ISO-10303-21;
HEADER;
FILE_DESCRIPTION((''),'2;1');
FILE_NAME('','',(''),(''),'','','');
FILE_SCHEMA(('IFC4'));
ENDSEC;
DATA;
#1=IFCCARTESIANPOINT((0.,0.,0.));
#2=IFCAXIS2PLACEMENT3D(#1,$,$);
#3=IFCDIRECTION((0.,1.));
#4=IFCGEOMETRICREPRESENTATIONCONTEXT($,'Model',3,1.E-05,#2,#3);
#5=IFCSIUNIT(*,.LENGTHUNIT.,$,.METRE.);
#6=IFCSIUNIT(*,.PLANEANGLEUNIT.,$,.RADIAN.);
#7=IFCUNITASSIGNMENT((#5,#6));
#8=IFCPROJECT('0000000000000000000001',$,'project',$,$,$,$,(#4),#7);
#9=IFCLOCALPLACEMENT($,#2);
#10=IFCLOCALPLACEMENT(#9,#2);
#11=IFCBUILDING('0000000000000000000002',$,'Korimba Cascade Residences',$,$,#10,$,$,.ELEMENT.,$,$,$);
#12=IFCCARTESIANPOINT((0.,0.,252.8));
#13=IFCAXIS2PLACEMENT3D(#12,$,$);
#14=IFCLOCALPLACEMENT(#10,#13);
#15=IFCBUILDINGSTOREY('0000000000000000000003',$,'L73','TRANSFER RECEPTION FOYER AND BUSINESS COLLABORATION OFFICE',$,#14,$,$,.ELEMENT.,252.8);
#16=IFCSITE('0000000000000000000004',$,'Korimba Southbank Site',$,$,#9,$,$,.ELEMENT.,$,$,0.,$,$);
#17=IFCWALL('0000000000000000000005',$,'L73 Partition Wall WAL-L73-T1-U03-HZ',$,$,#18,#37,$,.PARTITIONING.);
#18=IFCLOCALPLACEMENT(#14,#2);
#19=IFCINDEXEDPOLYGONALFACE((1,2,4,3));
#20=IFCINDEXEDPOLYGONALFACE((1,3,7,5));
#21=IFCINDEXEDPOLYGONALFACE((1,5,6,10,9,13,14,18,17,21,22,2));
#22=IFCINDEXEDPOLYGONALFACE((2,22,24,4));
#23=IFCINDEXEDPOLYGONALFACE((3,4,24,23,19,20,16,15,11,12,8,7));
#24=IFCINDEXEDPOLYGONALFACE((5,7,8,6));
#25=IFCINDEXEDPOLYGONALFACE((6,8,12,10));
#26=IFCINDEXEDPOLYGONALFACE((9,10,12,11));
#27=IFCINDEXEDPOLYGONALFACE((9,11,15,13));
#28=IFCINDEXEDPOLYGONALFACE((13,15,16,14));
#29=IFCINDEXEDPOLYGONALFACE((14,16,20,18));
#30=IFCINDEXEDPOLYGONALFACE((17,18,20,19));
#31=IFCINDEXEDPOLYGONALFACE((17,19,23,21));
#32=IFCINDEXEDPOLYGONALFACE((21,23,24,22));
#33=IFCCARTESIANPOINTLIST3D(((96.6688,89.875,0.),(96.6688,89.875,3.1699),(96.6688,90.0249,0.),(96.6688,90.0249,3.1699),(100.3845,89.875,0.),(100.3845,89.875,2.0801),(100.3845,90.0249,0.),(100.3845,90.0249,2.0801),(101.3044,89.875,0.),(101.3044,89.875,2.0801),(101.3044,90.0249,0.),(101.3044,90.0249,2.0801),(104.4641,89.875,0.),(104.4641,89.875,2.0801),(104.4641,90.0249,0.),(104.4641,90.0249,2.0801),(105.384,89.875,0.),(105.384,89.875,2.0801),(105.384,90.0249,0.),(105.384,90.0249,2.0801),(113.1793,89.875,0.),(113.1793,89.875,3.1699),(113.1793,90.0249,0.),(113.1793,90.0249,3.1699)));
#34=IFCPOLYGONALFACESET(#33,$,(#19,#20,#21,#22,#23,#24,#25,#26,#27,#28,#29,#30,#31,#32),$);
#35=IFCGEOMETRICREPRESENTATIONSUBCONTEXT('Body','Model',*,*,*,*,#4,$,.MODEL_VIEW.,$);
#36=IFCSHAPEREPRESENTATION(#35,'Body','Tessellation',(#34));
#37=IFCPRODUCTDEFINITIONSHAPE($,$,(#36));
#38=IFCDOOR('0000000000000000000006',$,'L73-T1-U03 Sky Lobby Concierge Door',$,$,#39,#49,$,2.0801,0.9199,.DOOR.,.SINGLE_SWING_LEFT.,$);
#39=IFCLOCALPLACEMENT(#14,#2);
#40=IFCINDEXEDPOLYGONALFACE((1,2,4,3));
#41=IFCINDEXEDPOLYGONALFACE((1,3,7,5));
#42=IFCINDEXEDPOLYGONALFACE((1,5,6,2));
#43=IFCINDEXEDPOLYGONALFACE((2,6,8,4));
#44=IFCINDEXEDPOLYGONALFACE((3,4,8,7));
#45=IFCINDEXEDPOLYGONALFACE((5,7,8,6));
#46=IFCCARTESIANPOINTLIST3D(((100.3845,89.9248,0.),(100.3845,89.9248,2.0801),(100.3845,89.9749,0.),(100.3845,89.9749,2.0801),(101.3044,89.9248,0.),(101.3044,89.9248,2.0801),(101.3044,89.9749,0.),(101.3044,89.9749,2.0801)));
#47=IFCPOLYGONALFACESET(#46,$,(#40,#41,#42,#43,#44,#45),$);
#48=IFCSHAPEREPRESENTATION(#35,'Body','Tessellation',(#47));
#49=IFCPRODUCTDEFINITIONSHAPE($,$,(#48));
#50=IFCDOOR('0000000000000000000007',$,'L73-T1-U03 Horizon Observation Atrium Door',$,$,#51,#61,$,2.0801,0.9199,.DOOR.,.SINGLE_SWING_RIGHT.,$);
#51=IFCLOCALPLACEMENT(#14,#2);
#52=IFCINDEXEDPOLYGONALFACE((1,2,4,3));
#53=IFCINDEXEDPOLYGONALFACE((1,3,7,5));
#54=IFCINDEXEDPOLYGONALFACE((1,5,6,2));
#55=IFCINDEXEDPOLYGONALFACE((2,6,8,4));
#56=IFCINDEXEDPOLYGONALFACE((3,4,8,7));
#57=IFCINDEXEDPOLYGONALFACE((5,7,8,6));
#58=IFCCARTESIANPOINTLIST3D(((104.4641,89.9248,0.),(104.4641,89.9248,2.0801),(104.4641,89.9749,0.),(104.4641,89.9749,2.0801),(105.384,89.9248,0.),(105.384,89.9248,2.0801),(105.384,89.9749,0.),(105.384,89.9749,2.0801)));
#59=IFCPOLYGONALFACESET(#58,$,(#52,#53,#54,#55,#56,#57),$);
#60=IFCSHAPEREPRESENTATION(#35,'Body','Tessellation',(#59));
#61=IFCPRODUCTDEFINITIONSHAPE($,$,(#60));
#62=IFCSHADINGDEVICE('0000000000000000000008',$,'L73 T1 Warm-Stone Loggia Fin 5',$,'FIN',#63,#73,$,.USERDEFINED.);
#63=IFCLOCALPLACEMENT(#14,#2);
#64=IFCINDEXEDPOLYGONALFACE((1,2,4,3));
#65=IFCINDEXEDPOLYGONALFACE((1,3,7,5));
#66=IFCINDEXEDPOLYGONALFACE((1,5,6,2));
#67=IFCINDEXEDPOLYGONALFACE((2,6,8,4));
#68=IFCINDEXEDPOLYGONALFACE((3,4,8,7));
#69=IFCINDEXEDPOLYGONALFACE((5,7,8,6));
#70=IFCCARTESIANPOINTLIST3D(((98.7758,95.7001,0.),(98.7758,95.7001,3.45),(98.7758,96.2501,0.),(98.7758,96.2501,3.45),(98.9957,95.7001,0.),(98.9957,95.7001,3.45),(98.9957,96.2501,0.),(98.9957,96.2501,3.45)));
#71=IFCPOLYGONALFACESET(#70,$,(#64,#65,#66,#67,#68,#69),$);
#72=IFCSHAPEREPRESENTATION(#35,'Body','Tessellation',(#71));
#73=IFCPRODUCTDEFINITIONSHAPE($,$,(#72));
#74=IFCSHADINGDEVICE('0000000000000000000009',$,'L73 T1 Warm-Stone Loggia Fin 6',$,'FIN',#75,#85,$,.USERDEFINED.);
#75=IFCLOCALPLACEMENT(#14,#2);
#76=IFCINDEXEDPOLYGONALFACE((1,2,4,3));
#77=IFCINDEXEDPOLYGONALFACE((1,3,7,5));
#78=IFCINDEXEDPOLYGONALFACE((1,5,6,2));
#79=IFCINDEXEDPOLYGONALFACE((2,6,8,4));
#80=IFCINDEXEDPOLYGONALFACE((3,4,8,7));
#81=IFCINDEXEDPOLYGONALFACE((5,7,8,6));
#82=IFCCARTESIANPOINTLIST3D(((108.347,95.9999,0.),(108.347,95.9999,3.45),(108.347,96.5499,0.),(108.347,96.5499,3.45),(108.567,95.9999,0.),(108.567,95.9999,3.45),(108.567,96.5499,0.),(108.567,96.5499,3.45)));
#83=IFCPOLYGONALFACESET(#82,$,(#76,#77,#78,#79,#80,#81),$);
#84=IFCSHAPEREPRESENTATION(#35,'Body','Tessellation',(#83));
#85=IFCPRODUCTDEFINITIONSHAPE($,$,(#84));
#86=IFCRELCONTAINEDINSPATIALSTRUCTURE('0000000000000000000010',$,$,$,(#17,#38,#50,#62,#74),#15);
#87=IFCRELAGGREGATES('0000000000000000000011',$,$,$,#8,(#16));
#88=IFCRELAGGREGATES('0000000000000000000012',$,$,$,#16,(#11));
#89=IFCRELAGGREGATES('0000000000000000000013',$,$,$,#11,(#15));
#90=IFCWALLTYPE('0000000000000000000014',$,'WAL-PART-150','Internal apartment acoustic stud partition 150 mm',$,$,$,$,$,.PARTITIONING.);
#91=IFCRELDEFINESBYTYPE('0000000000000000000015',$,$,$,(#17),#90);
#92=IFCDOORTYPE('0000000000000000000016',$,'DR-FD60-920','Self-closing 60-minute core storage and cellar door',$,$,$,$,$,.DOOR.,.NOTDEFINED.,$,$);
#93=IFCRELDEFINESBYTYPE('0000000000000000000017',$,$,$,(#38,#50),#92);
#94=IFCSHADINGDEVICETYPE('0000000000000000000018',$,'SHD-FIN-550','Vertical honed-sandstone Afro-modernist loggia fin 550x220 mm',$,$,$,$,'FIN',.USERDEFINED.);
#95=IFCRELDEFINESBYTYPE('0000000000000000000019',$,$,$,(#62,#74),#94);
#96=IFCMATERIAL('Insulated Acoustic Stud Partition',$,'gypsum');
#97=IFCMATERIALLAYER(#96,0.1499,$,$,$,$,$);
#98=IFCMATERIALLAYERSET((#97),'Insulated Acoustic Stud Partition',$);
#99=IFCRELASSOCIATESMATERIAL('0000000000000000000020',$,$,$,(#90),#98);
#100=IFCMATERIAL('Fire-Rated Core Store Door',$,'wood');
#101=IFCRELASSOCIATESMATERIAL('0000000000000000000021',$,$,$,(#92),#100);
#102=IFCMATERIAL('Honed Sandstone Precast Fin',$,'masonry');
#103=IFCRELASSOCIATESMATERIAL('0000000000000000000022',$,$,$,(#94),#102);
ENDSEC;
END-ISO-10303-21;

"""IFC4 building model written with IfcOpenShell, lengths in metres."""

from ifc_helpers import new_model, si_unit, direction, frame, frame_2d, origin, origin_2d, place, context, subcontext, project, spatial, rectangle, extrude, material, layer, layer_set, type_object, element, fill, save


model = new_model("IFC4")

# Units and contexts
model_context = context("Model", 3, precision=1e-05, world=origin(), true_north=direction((0.0, 1.0)))
body_context = subcontext(model_context, "Body", "Model", "MODEL_VIEW")
ifc_project = project(units=[si_unit("LENGTHUNIT", "METRE"), si_unit("PLANEANGLEUNIT", "RADIAN")], contexts=[model_context])

# Site, building, storey
site_placement = place(None, origin())
site = spatial("IfcSite", under=ifc_project, at=site_placement, Name="Korimba Southbank Site", CompositionType="ELEMENT", RefElevation=0.0)
building_placement = place(site_placement, origin())
building = spatial("IfcBuilding", under=site, at=building_placement, Name="Korimba Cascade Residences", CompositionType="ELEMENT")
storey_placement = place(building_placement, frame((0.0, 0.0, 252.8)))
storey = spatial("IfcBuildingStorey", under=building, at=storey_placement, Name="L73", Description="TRANSFER RECEPTION FOYER AND BUSINESS COLLABORATION OFFICE", CompositionType="ELEMENT", Elevation=252.8)

# Shared definitions
ifc_material_1 = material(Name="Insulated Acoustic Stud Partition", Category="gypsum")
ifc_layer_1 = layer(ifc_material_1, 0.1499)
ifc_layer_set_1 = layer_set([ifc_layer_1], Name="Insulated Acoustic Stud Partition")
wall_type_1 = type_object("IfcWallType", Name="WAL-PART-150", Description="Internal apartment acoustic stud partition 150 mm", PredefinedType="PARTITIONING", material=ifc_layer_set_1)

# Wall, openings, doors
wall_1_placement = place(storey_placement, frame((96.6687, 89.95, 0.0), z_axis=(0.0, 0.0, 1.0), x_axis=(1.0, 0.0, 0.0)))
wall_1 = element("IfcWall", 1, at=wall_1_placement, inside=storey, type_object=wall_type_1, Name="L73 Partition Wall WAL-L73-T1-U03-HZ", PredefinedType="PARTITIONING", context=body_context, shape_type="SweptSolid", body=[
    extrude(rectangle(XDim=16.5105, YDim=0.1499, at=frame_2d((8.2554, 0.0))), origin(), (0.0, 0.0, 1.0), 3.1699),
])
opening_1_placement = place(wall_1_placement, frame((3.7158, 0.0, 0.0)))
opening_1 = element("IfcOpeningElement", 2, at=opening_1_placement, cuts=wall_1, PredefinedType="OPENING", context=body_context, shape_type="SweptSolid", body=[
    extrude(rectangle(XDim=0.9199, YDim=2.0801, at=frame_2d((0.46, 1.04))), frame((0.0, 0.085, 0.0), z_axis=(0.0, -1.0, 0.0), x_axis=(1.0, 0.0, 0.0)), (0.0, 0.0, 1.0), 0.1699),
])
opening_2_placement = place(wall_1_placement, frame((7.7954, 0.0, 0.0)))
opening_2 = element("IfcOpeningElement", 3, at=opening_2_placement, cuts=wall_1, PredefinedType="OPENING", context=body_context, shape_type="SweptSolid", body=[
    extrude(rectangle(XDim=0.9199, YDim=2.0801, at=frame_2d((0.46, 1.04))), frame((0.0, 0.085, 0.0), z_axis=(0.0, -1.0, 0.0), x_axis=(1.0, 0.0, 0.0)), (0.0, 0.0, 1.0), 0.1699),
])
ifc_material_2 = material(Name="Fire-Rated Core Store Door", Category="wood")
door_type_1 = type_object("IfcDoorType", Name="DR-FD60-920", Description="Self-closing 60-minute core storage and cellar door", OperationType="NOTDEFINED", PredefinedType="DOOR", material=ifc_material_2)
door_1_placement = place(opening_1_placement, origin())
door_1 = element("IfcDoor", 4, at=door_1_placement, inside=storey, type_object=door_type_1, Name="L73-T1-U03 Sky Lobby Concierge Door", OperationType="SINGLE_SWING_LEFT", OverallHeight=2.0801, OverallWidth=0.9199, PredefinedType="DOOR", context=body_context, shape_type="SweptSolid", body=[
    extrude(rectangle(XDim=0.9199, YDim=2.0801, at=frame_2d((0.46, 1.04))), frame((0.0, 0.0249, 0.0), z_axis=(0.0, -1.0, 0.0), x_axis=(1.0, 0.0, 0.0)), (0.0, 0.0, 1.0), 0.05),
])
fill(opening_1, door_1)
door_2_placement = place(opening_2_placement, origin())
door_2 = element("IfcDoor", 5, at=door_2_placement, inside=storey, type_object=door_type_1, Name="L73-T1-U03 Horizon Observation Atrium Door", OperationType="SINGLE_SWING_RIGHT", OverallHeight=2.0801, OverallWidth=0.9199, PredefinedType="DOOR", context=body_context, shape_type="SweptSolid", body=[
    extrude(rectangle(XDim=0.9199, YDim=2.0801, at=frame_2d((0.46, 1.04))), frame((0.0, 0.0249, 0.0), z_axis=(0.0, -1.0, 0.0), x_axis=(1.0, 0.0, 0.0)), (0.0, 0.0, 1.0), 0.05),
])
fill(opening_2, door_2)

# Shading devices
ifc_material_3 = material(Name="Honed Sandstone Precast Fin", Category="masonry")
shading_device_type = type_object("IfcShadingDeviceType", Name="SHD-FIN-550", Description="Vertical honed-sandstone Afro-modernist loggia fin 550x220 mm", ElementType="FIN", PredefinedType="USERDEFINED", material=ifc_material_3)
for number, where, z_axis, x_axis, name in (
    (6, (98.8857, 95.9751, 0.0), (0.0, 0.0, 1.0), (1.0, 0.0, 0.0), "L73 T1 Warm-Stone Loggia Fin 5"),
    (7, (108.457, 96.2749, 0.0), (0.0, 0.0, 1.0), (1.0, 0.0, 0.0), "L73 T1 Warm-Stone Loggia Fin 6"),
):
    element("IfcShadingDevice", number, at=place(storey_placement, frame(where, z_axis=z_axis, x_axis=x_axis)), inside=storey, type_object=shading_device_type, Name=name, ObjectType="FIN", PredefinedType="USERDEFINED", context=body_context, shape_type="SweptSolid", body=[
        extrude(rectangle(XDim=0.22, YDim=0.55, at=origin_2d()), origin(), (0.0, 0.0, 1.0), 3.45),
    ])

save(model, "model.ifc")
